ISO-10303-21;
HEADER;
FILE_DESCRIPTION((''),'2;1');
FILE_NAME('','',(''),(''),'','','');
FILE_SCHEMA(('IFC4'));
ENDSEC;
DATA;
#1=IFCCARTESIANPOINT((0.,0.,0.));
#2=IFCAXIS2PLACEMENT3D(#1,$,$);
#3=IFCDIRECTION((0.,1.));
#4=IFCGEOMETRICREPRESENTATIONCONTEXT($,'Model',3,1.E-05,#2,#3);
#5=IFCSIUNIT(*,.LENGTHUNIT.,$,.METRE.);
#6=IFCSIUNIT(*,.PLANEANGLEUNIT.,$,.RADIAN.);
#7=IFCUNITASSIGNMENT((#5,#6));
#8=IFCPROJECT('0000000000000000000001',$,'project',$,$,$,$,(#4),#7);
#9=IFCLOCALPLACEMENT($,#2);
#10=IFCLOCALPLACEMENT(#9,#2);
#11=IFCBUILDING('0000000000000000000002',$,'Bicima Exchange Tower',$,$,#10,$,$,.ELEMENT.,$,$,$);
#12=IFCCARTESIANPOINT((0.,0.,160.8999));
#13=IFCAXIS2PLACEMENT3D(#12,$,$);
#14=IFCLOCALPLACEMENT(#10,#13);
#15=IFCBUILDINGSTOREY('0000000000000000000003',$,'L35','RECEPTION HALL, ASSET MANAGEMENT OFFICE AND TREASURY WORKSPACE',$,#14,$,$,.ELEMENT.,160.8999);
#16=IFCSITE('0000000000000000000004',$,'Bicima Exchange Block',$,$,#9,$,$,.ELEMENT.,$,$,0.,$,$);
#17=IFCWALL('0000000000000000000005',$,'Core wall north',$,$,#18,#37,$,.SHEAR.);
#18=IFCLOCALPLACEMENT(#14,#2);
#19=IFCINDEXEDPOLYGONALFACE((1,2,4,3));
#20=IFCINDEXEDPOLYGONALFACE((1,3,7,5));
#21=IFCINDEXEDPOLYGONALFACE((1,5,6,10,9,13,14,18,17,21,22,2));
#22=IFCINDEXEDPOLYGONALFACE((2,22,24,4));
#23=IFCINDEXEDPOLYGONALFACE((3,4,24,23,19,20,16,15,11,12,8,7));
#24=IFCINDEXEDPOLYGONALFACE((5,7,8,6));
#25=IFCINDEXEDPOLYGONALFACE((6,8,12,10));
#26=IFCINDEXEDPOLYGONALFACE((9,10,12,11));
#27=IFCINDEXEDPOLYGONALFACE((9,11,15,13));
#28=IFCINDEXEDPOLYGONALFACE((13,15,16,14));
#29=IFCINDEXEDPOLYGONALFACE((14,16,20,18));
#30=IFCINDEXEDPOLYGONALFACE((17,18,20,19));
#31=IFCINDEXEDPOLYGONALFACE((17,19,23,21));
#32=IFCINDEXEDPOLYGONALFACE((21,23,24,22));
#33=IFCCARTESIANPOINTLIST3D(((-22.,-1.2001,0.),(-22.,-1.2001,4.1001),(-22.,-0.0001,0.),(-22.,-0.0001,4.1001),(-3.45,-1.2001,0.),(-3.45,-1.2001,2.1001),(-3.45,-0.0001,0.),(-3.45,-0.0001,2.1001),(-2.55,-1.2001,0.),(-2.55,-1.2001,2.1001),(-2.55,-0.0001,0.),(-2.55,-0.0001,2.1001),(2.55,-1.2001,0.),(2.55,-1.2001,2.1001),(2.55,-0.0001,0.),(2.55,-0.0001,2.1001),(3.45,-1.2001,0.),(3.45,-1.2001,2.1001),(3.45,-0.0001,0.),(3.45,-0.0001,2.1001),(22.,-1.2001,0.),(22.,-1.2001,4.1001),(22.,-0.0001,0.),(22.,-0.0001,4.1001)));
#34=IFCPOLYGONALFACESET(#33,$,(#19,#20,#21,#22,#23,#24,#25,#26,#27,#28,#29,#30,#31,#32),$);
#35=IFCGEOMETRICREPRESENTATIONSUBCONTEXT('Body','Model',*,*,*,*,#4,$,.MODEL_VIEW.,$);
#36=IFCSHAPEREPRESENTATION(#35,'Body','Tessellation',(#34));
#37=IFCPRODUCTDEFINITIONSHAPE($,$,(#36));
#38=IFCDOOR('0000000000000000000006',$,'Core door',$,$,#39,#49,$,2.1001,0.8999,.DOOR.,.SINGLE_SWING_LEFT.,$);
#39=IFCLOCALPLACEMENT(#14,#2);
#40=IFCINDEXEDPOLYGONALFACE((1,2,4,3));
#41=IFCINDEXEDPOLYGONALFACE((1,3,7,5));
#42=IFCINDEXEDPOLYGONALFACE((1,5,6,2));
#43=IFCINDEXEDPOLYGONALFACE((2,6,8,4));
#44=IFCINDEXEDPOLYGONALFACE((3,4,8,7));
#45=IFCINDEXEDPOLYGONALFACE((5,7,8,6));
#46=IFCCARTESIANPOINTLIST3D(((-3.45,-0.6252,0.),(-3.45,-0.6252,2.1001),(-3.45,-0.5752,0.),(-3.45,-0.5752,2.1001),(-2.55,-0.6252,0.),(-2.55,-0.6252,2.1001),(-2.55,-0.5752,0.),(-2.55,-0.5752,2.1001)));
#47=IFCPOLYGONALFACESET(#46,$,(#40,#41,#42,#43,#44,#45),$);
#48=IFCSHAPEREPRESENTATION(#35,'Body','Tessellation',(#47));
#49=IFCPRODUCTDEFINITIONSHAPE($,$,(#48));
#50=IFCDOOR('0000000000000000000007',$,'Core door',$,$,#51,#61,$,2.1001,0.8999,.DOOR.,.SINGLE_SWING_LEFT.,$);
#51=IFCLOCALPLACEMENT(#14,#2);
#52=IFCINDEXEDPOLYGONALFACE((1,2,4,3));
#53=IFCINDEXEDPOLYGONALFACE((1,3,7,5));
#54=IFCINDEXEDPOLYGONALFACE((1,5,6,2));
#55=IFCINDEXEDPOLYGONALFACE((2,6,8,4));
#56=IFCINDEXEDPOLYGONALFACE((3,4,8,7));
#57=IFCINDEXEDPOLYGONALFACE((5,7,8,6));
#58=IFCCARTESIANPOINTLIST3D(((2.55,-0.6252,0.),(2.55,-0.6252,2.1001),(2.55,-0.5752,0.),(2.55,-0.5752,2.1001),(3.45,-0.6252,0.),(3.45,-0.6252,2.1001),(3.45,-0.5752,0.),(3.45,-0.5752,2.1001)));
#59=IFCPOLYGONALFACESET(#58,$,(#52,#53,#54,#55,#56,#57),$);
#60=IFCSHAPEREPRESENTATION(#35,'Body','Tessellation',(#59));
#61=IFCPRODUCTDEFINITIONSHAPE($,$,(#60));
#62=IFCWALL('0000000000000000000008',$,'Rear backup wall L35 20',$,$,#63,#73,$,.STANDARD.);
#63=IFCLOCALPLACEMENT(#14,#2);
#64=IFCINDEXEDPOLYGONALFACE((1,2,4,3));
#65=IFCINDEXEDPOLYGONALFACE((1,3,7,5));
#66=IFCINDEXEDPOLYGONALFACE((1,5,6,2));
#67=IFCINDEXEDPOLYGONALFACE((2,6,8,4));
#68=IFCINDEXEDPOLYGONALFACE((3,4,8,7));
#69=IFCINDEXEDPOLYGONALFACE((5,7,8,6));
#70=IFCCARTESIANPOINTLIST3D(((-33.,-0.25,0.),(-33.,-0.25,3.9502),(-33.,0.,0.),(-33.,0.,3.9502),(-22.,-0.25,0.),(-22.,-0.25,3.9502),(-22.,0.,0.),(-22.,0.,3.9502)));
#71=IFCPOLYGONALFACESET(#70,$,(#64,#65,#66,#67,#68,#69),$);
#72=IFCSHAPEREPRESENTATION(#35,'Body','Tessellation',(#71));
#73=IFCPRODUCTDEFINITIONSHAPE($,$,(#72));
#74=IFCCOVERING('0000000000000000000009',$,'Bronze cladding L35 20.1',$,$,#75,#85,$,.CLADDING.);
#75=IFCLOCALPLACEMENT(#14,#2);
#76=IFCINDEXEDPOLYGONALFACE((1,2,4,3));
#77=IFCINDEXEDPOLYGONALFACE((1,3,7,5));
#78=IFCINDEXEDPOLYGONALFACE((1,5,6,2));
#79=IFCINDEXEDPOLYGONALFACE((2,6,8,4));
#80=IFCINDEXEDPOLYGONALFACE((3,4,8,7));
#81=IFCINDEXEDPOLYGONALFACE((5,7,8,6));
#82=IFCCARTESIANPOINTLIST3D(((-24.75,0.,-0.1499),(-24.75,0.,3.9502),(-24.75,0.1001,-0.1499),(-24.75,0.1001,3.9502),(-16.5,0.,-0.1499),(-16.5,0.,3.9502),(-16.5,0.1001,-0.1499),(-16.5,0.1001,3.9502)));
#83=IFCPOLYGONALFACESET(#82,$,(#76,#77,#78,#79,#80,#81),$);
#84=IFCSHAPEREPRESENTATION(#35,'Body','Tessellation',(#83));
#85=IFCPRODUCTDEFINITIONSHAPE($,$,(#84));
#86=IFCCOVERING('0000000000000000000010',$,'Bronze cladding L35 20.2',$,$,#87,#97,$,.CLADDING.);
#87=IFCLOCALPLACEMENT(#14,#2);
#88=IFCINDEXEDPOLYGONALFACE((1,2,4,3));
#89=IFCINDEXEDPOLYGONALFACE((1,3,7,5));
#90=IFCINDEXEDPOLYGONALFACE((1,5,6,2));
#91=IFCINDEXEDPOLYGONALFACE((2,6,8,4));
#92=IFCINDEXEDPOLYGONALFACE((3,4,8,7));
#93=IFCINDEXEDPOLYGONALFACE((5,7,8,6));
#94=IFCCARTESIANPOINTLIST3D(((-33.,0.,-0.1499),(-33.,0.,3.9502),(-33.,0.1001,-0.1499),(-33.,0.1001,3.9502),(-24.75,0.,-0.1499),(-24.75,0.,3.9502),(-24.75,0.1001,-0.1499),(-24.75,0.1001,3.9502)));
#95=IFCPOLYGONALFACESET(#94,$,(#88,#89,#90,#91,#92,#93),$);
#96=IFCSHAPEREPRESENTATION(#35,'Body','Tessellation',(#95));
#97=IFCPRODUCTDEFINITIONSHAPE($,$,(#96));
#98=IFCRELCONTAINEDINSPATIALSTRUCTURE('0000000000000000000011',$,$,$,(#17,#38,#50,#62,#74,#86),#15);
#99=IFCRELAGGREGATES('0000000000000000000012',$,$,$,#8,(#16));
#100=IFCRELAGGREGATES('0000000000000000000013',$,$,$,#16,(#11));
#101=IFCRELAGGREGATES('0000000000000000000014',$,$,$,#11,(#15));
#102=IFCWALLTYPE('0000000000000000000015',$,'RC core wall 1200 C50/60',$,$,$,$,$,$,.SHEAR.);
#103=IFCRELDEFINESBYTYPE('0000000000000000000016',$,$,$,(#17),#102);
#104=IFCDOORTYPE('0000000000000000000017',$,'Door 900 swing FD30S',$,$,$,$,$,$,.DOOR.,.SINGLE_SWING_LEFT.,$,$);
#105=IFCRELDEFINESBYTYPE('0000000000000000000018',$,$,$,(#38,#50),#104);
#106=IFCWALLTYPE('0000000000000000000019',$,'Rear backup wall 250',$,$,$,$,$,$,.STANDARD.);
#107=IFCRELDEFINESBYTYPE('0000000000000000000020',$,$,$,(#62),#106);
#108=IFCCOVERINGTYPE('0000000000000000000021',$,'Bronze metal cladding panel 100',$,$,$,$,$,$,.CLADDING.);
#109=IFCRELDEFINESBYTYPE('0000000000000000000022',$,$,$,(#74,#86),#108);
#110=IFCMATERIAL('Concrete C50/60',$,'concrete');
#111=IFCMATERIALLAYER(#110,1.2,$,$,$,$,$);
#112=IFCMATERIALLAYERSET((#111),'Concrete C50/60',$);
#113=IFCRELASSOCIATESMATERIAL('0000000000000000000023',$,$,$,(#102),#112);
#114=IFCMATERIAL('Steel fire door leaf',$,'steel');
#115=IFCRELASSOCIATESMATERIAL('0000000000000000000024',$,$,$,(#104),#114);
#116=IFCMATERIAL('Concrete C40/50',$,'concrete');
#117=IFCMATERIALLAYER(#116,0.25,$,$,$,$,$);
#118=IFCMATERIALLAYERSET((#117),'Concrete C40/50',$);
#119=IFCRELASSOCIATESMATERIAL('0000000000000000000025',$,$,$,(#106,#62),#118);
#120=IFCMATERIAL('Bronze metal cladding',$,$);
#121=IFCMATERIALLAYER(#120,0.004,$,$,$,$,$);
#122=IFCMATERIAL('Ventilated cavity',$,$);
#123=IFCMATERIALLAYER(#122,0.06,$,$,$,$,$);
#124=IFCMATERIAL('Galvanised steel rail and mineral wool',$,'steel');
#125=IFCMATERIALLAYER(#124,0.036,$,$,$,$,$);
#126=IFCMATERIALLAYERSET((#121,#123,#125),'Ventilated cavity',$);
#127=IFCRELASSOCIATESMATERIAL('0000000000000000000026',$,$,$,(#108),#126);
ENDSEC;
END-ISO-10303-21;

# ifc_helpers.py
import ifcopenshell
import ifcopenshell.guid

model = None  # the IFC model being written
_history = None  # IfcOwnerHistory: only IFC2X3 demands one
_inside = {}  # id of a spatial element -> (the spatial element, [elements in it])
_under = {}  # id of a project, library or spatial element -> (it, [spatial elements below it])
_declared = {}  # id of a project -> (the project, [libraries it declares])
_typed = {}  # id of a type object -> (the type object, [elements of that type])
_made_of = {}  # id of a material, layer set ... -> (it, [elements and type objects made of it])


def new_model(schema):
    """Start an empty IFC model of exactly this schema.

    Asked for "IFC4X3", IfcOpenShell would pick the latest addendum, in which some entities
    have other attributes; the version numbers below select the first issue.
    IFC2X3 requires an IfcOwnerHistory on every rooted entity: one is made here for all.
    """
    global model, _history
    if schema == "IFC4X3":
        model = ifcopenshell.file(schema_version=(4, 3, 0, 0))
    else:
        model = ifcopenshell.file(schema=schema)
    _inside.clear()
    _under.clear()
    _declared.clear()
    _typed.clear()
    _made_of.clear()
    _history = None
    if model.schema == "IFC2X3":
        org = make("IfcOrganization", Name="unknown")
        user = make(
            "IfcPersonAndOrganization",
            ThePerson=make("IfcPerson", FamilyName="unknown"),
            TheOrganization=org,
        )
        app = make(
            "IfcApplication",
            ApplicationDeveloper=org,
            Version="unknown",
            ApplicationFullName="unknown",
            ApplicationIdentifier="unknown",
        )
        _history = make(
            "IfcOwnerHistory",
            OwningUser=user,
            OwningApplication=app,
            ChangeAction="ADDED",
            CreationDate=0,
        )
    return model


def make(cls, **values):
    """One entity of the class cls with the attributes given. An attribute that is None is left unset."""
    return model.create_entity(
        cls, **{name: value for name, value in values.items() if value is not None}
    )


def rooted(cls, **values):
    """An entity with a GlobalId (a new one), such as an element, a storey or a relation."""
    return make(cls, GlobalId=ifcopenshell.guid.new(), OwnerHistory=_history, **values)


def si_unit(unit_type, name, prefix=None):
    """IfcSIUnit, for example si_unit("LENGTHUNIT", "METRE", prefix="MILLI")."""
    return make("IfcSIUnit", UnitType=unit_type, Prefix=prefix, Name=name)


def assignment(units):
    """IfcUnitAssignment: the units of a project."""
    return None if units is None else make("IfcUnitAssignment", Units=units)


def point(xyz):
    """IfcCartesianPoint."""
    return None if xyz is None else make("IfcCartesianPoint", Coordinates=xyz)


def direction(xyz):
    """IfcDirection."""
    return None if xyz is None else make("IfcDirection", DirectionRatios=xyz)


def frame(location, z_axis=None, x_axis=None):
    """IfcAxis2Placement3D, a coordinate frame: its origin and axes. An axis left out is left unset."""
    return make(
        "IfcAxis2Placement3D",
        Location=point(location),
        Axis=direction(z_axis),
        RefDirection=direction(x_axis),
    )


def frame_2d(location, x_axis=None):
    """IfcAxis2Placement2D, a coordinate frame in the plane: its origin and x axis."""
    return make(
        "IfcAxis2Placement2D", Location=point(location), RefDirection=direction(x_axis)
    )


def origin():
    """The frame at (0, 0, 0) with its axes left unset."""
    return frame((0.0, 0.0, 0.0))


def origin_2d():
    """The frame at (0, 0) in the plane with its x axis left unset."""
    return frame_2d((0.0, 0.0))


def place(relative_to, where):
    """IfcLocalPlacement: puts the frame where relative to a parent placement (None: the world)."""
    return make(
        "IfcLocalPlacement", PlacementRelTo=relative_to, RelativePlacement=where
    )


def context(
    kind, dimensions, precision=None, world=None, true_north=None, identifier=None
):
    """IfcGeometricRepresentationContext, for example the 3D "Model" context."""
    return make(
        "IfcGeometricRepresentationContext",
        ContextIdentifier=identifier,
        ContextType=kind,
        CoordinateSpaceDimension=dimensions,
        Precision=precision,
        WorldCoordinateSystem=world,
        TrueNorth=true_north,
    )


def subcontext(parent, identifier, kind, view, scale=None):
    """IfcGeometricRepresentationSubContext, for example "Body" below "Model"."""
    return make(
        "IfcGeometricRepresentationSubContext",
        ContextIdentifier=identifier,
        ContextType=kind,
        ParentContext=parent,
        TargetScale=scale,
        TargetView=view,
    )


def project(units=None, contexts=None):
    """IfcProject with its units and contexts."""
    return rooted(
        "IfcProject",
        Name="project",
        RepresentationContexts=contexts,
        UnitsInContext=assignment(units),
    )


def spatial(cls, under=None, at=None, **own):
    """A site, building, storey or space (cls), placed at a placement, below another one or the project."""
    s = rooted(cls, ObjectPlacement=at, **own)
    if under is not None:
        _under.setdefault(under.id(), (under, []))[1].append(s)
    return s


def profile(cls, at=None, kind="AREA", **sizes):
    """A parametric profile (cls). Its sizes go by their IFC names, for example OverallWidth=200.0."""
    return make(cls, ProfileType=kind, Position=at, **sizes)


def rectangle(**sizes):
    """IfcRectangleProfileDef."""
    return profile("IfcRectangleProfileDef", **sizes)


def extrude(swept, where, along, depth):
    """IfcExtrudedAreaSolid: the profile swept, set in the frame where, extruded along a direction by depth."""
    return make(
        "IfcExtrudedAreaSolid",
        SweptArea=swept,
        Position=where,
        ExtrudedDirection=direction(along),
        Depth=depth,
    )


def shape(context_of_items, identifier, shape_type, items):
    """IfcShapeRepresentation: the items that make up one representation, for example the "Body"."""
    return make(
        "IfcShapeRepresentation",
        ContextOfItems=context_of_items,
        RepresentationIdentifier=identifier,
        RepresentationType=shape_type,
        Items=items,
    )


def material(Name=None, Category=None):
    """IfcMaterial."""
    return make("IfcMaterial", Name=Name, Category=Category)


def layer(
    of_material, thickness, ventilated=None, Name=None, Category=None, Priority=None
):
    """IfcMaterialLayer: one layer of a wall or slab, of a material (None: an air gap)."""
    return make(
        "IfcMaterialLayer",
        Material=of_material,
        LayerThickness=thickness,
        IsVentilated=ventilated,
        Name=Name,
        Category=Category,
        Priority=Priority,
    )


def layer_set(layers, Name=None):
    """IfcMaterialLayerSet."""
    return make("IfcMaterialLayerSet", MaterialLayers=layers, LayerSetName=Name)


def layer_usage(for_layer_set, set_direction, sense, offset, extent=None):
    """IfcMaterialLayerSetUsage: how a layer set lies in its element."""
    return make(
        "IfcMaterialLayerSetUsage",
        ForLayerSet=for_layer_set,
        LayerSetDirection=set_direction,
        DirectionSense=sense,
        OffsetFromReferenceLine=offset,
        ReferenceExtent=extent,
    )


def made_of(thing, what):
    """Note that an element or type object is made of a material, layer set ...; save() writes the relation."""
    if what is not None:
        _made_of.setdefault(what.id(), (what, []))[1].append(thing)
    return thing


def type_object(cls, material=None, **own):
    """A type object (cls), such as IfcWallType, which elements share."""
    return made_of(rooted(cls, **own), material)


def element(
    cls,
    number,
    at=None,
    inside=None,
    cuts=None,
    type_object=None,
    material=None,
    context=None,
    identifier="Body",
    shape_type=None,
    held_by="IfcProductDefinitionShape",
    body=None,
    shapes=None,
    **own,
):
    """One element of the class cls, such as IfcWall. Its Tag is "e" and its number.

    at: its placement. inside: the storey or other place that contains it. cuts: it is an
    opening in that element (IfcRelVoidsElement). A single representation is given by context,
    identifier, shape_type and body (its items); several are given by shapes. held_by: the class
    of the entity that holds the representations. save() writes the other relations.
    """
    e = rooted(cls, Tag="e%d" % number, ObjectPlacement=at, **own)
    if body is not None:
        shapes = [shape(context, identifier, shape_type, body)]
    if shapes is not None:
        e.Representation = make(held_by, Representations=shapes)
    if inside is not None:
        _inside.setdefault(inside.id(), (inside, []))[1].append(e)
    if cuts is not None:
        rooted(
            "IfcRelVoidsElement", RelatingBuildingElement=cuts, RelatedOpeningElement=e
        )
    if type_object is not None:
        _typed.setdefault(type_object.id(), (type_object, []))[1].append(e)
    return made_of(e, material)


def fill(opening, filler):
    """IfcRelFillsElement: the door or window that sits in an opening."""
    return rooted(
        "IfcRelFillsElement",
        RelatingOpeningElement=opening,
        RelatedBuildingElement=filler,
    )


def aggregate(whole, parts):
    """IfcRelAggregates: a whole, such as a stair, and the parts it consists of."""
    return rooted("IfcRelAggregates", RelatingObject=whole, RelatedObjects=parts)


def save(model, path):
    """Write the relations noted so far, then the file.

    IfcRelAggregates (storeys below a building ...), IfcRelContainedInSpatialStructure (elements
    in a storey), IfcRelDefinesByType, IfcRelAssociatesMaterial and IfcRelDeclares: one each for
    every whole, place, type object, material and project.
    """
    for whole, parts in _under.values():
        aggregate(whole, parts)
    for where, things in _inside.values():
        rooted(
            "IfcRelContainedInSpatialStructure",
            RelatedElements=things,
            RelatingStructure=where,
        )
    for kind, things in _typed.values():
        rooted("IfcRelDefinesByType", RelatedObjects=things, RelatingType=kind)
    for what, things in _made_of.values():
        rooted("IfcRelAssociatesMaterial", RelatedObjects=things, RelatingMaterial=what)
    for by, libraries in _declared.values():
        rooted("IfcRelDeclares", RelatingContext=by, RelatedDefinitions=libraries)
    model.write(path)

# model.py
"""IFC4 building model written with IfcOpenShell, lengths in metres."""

from ifc_helpers import new_model, si_unit, direction, frame, frame_2d, origin, origin_2d, place, context, subcontext, project, spatial, rectangle, extrude, material, layer, layer_set, layer_usage, type_object, element, fill, save


model = new_model("IFC4")

# Units and contexts
model_context = context("Model", 3, precision=1e-05, world=origin(), true_north=direction((0.0, 1.0)))
body_context = subcontext(model_context, "Body", "Model", "MODEL_VIEW")
ifc_project = project(units=[si_unit("LENGTHUNIT", "METRE"), si_unit("PLANEANGLEUNIT", "RADIAN")], contexts=[model_context])

# Site, building, storey
site_placement = place(None, origin())
site = spatial("IfcSite", under=ifc_project, at=site_placement, Name="Bicima Exchange Block", CompositionType="ELEMENT", RefElevation=0.0)
building_placement = place(site_placement, origin())
building = spatial("IfcBuilding", under=site, at=building_placement, Name="Bicima Exchange Tower", CompositionType="ELEMENT")
storey_placement = place(building_placement, frame((0.0, 0.0, 160.8999)))
storey = spatial("IfcBuildingStorey", under=building, at=storey_placement, Name="L35", Description="RECEPTION HALL, ASSET MANAGEMENT OFFICE AND TREASURY WORKSPACE", CompositionType="ELEMENT", Elevation=160.8999)

# Wall, openings, doors
ifc_material_1 = material(Name="Concrete C50/60", Category="concrete")
ifc_layer_1 = layer(ifc_material_1, 1.2)
ifc_layer_set_1 = layer_set([ifc_layer_1], Name="Concrete C50/60")
wall_type_1 = type_object("IfcWallType", Name="RC core wall 1200 C50/60", PredefinedType="SHEAR", material=ifc_layer_set_1)
wall_1_placement = place(storey_placement, frame((-22.0, -0.6001, 0.0), z_axis=(0.0, 0.0, 1.0), x_axis=(1.0, 0.0, 0.0)))
wall_1 = element("IfcWall", 1, at=wall_1_placement, inside=storey, type_object=wall_type_1, Name="Core wall north", PredefinedType="SHEAR", context=body_context, shape_type="SweptSolid", body=[
    extrude(rectangle(XDim=44.0, YDim=1.2, at=frame_2d((22.0, 0.0))), origin(), (0.0, 0.0, 1.0), 4.1001),
])
opening_1_placement = place(wall_1_placement, frame((18.55, 0.0, 0.0)))
opening_1 = element("IfcOpeningElement", 2, at=opening_1_placement, cuts=wall_1, PredefinedType="OPENING", context=body_context, shape_type="SweptSolid", body=[
    extrude(rectangle(XDim=0.8999, YDim=2.1001, at=frame_2d((0.45, 1.05))), frame((0.0, 0.6118, 0.0), z_axis=(0.0, -1.0, 0.0), x_axis=(1.0, 0.0, 0.0)), (0.0, 0.0, 1.0), 1.2239),
])
opening_2_placement = place(wall_1_placement, frame((24.55, 0.0, 0.0)))
opening_2 = element("IfcOpeningElement", 3, at=opening_2_placement, cuts=wall_1, PredefinedType="OPENING", context=body_context, shape_type="SweptSolid", body=[
    extrude(rectangle(XDim=0.8999, YDim=2.1001, at=frame_2d((0.45, 1.05))), frame((0.0, 0.6118, 0.0), z_axis=(0.0, -1.0, 0.0), x_axis=(1.0, 0.0, 0.0)), (0.0, 0.0, 1.0), 1.2239),
])
ifc_material_2 = material(Name="Steel fire door leaf", Category="steel")
door_type = type_object("IfcDoorType", Name="Door 900 swing FD30S", OperationType="SINGLE_SWING_LEFT", PredefinedType="DOOR", material=ifc_material_2)
door_1_placement = place(opening_1_placement, origin())
door_1 = element("IfcDoor", 4, at=door_1_placement, inside=storey, type_object=door_type, Name="Core door", OperationType="SINGLE_SWING_LEFT", OverallHeight=2.1001, OverallWidth=0.8999, PredefinedType="DOOR", context=body_context, shape_type="SweptSolid", body=[
    extrude(rectangle(XDim=0.8999, YDim=2.1001, at=frame_2d((0.45, 1.05))), frame((0.0, 0.0249, 0.0), z_axis=(0.0, -1.0, 0.0), x_axis=(1.0, 0.0, 0.0)), (0.0, 0.0, 1.0), 0.05),
])
fill(opening_1, door_1)
door_2_placement = place(opening_2_placement, origin())
door_2 = element("IfcDoor", 5, at=door_2_placement, inside=storey, type_object=door_type, Name="Core door", OperationType="SINGLE_SWING_LEFT", OverallHeight=2.1001, OverallWidth=0.8999, PredefinedType="DOOR", context=body_context, shape_type="SweptSolid", body=[
    extrude(rectangle(XDim=0.8999, YDim=2.1001, at=frame_2d((0.45, 1.05))), frame((0.0, 0.0249, 0.0), z_axis=(0.0, -1.0, 0.0), x_axis=(1.0, 0.0, 0.0)), (0.0, 0.0, 1.0), 0.05),
])
fill(opening_2, door_2)

# Wall
ifc_material_3 = material(Name="Concrete C40/50", Category="concrete")
ifc_layer_2 = layer(ifc_material_3, 0.25)
ifc_layer_set_2 = layer_set([ifc_layer_2], Name="Concrete C40/50")
ifc_layer_usage = layer_usage(ifc_layer_set_2, "AXIS2", "POSITIVE", -0.125)
wall_type_2 = type_object("IfcWallType", Name="Rear backup wall 250", PredefinedType="STANDARD", material=ifc_layer_set_2)
wall_2_placement = place(storey_placement, frame((-22.0, -0.125, 0.0), z_axis=(0.0, 0.0, 1.0), x_axis=(-1.0, 0.0, 0.0)))
element("IfcWall", 6, at=wall_2_placement, inside=storey, type_object=wall_type_2, material=ifc_layer_usage, Name="Rear backup wall L35 20", PredefinedType="STANDARD", context=body_context, shape_type="SweptSolid", body=[
    extrude(rectangle(XDim=11.0, YDim=0.25, at=frame_2d((5.5, 0.0))), origin(), (0.0, 0.0, 1.0), 3.9502),
])

# Coverings
ifc_material_4 = material(Name="Bronze metal cladding")
ifc_layer_3 = layer(ifc_material_4, 0.004)
ifc_material_5 = material(Name="Ventilated cavity")
ifc_layer_4 = layer(ifc_material_5, 0.06)
ifc_material_6 = material(Name="Galvanised steel rail and mineral wool", Category="steel")
ifc_layer_5 = layer(ifc_material_6, 0.036)
ifc_layer_set_3 = layer_set([ifc_layer_3, ifc_layer_4, ifc_layer_5], Name="Ventilated cavity")
covering_type = type_object("IfcCoveringType", Name="Bronze metal cladding panel 100", PredefinedType="CLADDING", material=ifc_layer_set_3)
for number, where, z_axis, x_axis, name in (
    (7, (-20.625, 0.05, -0.1499), (0.0, 0.0, 1.0), (-1.0, 0.0, 0.0), "Bronze cladding L35 20.1"),
    (8, (-28.875, 0.05, -0.1499), (0.0, 0.0, 1.0), (-1.0, 0.0, 0.0), "Bronze cladding L35 20.2"),
):
    element("IfcCovering", number, at=place(storey_placement, frame(where, z_axis=z_axis, x_axis=x_axis)), inside=storey, type_object=covering_type, Name=name, PredefinedType="CLADDING", context=body_context, shape_type="SweptSolid", body=[
        extrude(rectangle(XDim=8.25, YDim=0.1001, at=origin_2d()), origin(), (0.0, 0.0, 1.0), 4.1001),
    ])

save(model, "model.ifc")
